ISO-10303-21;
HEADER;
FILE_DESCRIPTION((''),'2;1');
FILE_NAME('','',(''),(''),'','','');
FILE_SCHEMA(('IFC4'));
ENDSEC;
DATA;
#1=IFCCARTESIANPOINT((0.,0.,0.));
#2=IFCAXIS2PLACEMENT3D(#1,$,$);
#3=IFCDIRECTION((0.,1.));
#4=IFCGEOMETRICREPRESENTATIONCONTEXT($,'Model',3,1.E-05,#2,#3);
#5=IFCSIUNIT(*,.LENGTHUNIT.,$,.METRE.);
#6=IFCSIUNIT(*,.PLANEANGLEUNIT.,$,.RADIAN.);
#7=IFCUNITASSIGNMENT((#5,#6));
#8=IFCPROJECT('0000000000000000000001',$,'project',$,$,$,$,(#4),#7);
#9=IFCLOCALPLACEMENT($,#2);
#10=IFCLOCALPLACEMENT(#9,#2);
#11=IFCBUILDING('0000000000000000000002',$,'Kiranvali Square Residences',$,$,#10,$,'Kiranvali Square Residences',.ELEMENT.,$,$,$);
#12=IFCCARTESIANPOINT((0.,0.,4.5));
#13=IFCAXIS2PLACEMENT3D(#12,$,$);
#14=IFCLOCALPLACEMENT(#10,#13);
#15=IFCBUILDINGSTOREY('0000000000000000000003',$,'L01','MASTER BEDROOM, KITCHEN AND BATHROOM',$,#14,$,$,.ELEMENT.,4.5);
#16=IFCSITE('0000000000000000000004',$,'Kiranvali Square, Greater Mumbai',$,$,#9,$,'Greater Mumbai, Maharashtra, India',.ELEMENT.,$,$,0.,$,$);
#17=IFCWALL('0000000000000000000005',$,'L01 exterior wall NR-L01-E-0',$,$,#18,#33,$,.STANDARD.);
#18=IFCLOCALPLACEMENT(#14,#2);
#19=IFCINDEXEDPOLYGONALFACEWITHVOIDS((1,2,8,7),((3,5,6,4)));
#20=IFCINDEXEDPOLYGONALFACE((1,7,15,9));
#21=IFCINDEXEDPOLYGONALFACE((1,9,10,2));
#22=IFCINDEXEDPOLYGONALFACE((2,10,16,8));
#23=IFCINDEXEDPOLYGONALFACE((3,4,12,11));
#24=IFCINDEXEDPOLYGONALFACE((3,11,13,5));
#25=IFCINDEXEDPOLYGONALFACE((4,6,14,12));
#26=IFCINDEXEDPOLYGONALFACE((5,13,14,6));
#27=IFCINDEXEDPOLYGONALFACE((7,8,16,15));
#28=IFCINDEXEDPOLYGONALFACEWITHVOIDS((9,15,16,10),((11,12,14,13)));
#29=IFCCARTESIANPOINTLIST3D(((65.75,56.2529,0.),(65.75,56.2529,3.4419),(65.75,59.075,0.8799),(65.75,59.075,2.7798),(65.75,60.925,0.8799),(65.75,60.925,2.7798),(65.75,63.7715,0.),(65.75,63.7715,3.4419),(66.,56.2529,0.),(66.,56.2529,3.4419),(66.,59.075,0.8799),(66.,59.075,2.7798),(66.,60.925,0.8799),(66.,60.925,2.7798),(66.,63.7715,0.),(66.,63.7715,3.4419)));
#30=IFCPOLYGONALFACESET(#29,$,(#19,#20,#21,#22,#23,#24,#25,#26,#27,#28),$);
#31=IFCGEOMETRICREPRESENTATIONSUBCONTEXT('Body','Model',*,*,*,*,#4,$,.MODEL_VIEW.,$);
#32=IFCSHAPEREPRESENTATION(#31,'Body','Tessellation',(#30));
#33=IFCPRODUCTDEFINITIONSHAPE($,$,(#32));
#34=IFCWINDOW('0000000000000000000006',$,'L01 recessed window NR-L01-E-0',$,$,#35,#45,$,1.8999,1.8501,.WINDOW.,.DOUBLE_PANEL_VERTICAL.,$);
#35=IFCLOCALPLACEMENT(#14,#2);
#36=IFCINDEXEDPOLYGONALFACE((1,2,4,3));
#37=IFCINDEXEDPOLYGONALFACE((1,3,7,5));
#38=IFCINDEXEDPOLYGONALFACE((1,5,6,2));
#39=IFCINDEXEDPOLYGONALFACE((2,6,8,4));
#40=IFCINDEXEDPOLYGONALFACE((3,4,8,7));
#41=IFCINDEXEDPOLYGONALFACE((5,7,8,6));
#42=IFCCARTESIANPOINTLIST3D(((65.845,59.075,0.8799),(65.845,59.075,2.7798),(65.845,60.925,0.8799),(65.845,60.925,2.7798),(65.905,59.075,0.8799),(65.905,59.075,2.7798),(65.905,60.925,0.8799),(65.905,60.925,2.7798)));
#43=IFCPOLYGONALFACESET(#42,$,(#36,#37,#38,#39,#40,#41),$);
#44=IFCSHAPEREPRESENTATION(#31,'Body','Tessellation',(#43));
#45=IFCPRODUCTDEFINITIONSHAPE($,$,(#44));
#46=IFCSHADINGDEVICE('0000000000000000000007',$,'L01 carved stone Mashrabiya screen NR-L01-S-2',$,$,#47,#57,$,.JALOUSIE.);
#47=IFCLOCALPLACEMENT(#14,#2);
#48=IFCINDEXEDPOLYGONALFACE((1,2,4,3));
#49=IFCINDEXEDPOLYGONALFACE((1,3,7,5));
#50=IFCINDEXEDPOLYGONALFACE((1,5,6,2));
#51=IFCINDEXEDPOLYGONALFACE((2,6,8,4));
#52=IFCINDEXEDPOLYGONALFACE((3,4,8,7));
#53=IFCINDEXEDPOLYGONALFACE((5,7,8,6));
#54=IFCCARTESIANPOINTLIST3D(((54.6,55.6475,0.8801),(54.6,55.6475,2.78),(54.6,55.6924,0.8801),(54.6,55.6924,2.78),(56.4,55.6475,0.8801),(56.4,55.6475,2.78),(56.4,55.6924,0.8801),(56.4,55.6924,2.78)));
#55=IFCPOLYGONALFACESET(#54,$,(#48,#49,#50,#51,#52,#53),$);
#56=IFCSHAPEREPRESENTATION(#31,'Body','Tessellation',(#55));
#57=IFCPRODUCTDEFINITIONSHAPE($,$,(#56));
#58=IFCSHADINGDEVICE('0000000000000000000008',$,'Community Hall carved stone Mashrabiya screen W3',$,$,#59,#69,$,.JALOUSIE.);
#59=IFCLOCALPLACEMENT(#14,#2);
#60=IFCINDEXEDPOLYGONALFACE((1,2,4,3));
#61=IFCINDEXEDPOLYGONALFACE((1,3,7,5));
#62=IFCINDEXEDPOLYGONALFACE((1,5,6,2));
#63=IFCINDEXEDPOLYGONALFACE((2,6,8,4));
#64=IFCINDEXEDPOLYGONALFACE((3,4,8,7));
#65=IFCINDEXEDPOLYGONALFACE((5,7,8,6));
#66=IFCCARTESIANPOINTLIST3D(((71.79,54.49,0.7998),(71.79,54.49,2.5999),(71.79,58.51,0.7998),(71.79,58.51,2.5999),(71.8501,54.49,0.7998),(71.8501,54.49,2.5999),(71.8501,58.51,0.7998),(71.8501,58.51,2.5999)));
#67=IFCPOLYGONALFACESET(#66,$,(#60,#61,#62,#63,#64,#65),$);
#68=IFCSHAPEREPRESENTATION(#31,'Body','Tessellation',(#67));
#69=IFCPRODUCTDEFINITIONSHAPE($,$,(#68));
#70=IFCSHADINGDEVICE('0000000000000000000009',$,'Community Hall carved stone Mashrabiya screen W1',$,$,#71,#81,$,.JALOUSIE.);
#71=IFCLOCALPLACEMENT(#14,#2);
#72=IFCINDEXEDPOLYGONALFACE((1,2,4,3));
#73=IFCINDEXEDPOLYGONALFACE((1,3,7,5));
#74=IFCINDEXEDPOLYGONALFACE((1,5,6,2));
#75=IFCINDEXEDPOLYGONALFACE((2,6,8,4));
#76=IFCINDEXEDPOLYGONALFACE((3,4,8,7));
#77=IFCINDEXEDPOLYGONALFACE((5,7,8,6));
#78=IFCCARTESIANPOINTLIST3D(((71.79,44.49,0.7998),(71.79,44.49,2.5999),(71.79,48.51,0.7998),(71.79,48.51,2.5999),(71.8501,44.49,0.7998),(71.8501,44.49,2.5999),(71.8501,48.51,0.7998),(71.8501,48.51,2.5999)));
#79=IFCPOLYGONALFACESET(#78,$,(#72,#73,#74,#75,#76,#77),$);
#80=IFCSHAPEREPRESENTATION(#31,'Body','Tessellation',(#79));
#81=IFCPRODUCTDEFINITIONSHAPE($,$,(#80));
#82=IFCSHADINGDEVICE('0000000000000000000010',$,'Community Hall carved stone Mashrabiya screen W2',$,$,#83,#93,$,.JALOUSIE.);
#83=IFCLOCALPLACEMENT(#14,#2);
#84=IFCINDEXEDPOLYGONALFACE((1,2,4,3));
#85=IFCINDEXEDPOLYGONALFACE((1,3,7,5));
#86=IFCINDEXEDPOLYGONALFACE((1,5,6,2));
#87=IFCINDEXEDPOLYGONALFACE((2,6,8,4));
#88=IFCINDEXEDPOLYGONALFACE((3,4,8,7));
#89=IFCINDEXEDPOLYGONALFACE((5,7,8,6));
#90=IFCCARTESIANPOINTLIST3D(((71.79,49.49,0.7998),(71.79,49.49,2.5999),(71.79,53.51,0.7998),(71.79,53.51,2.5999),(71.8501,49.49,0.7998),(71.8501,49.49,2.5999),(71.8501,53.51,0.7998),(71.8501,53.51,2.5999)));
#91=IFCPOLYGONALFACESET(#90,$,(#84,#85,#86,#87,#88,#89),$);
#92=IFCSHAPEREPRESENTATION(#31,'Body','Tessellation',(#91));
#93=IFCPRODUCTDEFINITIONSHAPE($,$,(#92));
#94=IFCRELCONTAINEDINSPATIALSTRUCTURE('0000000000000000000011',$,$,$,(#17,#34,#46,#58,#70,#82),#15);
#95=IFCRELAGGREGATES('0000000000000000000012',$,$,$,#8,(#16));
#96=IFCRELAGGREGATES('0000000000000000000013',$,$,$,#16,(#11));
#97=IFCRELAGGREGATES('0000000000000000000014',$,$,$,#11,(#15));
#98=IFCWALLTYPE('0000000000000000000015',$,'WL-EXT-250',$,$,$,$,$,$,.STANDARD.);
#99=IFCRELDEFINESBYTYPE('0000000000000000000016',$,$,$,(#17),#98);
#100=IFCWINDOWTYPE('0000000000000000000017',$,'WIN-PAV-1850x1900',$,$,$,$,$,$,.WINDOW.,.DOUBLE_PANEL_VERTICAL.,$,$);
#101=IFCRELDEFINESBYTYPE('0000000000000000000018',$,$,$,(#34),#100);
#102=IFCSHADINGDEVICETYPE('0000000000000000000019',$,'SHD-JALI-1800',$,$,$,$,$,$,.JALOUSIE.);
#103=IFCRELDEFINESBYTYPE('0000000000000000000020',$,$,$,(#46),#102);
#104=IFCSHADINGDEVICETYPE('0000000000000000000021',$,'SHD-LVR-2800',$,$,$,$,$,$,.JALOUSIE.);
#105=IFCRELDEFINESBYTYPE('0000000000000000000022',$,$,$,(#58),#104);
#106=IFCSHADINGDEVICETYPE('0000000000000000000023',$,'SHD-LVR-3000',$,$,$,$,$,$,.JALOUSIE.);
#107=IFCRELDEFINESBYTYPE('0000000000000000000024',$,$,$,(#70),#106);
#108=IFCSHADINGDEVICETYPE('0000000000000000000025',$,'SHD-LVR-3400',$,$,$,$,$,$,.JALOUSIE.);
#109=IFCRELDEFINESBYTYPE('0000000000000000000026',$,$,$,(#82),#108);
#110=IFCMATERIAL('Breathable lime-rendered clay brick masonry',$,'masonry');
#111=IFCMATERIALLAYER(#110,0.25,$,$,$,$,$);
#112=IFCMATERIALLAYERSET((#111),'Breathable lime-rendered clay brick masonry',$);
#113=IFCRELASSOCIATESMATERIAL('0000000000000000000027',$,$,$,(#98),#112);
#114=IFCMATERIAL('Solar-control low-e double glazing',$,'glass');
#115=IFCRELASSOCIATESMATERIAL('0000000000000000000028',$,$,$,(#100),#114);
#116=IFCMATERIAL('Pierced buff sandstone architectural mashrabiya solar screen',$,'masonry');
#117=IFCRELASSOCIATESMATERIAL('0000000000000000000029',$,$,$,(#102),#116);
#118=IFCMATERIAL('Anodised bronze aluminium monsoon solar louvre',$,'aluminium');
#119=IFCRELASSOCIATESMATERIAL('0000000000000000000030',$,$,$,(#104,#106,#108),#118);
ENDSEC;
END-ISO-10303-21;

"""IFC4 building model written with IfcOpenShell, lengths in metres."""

from ifc_helpers import new_model, si_unit, direction, frame, frame_2d, origin, origin_2d, place, context, subcontext, project, spatial, rectangle, extrude, material, layer, layer_set, type_object, element, fill, save


model = new_model("IFC4")

# Units and contexts
model_context = context("Model", 3, precision=1e-05, world=origin(), true_north=direction((0.0, 1.0)))
body_context = subcontext(model_context, "Body", "Model", "MODEL_VIEW")
ifc_project = project(units=[si_unit("LENGTHUNIT", "METRE"), si_unit("PLANEANGLEUNIT", "RADIAN")], contexts=[model_context])

# Site, building, storey
site_placement = place(None, origin())
site = spatial("IfcSite", under=ifc_project, at=site_placement, Name="Kiranvali Square, Greater Mumbai", LongName="Greater Mumbai, Maharashtra, India", CompositionType="ELEMENT", RefElevation=0.0)
building_placement = place(site_placement, origin())
building = spatial("IfcBuilding", under=site, at=building_placement, Name="Kiranvali Square Residences", LongName="Kiranvali Square Residences", CompositionType="ELEMENT")
storey_placement = place(building_placement, frame((0.0, 0.0, 4.5)))
storey = spatial("IfcBuildingStorey", under=building, at=storey_placement, Name="L01", Description="MASTER BEDROOM, KITCHEN AND BATHROOM", CompositionType="ELEMENT", Elevation=4.5)

# Shared definitions
ifc_material_1 = material(Name="Solar-control low-e double glazing", Category="glass")

# Wall, opening, window
ifc_material_2 = material(Name="Breathable lime-rendered clay brick masonry", Category="masonry")
ifc_layer_1 = layer(ifc_material_2, 0.25)
ifc_layer_set_1 = layer_set([ifc_layer_1], Name="Breathable lime-rendered clay brick masonry")
wall_type_1 = type_object("IfcWallType", Name="WL-EXT-250", PredefinedType="STANDARD", material=ifc_layer_set_1)
window_type = type_object("IfcWindowType", Name="WIN-PAV-1850x1900", PartitioningType="DOUBLE_PANEL_VERTICAL", PredefinedType="WINDOW", material=ifc_material_1)
wall_1_placement = place(storey_placement, frame((65.875, 56.2529, 0.0), z_axis=(0.0, 0.0, 1.0), x_axis=(0.0, 1.0, 0.0)))
wall_1 = element("IfcWall", 1, at=wall_1_placement, inside=storey, type_object=wall_type_1, Name="L01 exterior wall NR-L01-E-0", PredefinedType="STANDARD", context=body_context, shape_type="SweptSolid", body=[
    extrude(rectangle(XDim=7.5186, YDim=0.25, at=frame_2d((3.7593, 0.0))), origin(), (0.0, 0.0, 1.0), 3.4419),
])
opening_1_placement = place(wall_1_placement, frame((2.822, 0.0, 0.8799)))
opening_1 = element("IfcOpeningElement", 2, at=opening_1_placement, cuts=wall_1, PredefinedType="OPENING", context=body_context, shape_type="SweptSolid", body=[
    extrude(rectangle(XDim=1.8501, YDim=1.8999, at=frame_2d((0.925, 0.95))), frame((0.0, 0.135, 0.0), z_axis=(0.0, -1.0, 0.0), x_axis=(1.0, 0.0, 0.0)), (0.0, 0.0, 1.0), 0.27),
])
window_1_placement = place(opening_1_placement, origin())
window_1 = element("IfcWindow", 3, at=window_1_placement, inside=storey, type_object=window_type, Name="L01 recessed window NR-L01-E-0", OverallHeight=1.8999, OverallWidth=1.8501, PartitioningType="DOUBLE_PANEL_VERTICAL", PredefinedType="WINDOW", context=body_context, shape_type="SweptSolid", body=[
    extrude(rectangle(XDim=1.8501, YDim=1.8999, at=frame_2d((0.925, 0.95))), frame((0.0, 0.03, 0.0), z_axis=(0.0, -1.0, 0.0), x_axis=(1.0, 0.0, 0.0)), (0.0, 0.0, 1.0), 0.0601),
])
fill(opening_1, window_1)

# Shading devices
ifc_material_3 = material(Name="Pierced buff sandstone architectural mashrabiya solar screen", Category="masonry")
shading_device_type_1 = type_object("IfcShadingDeviceType", Name="SHD-JALI-1800", PredefinedType="JALOUSIE", material=ifc_material_3)
shading_device_1_placement = place(storey_placement, frame((55.5, 55.6699, 0.8801), z_axis=(0.0, 0.0, 1.0), x_axis=(1.0, 0.0, 0.0)))
element("IfcShadingDevice", 4, at=shading_device_1_placement, inside=storey, type_object=shading_device_type_1, Name="L01 carved stone Mashrabiya screen NR-L01-S-2", PredefinedType="JALOUSIE", context=body_context, shape_type="SweptSolid", body=[
    extrude(rectangle(XDim=1.8, YDim=0.0449, at=origin_2d()), origin(), (0.0, 0.0, 1.0), 1.8999),
])
ifc_material_4 = material(Name="Anodised bronze aluminium monsoon solar louvre", Category="aluminium")
shading_device_type_2 = type_object("IfcShadingDeviceType", Name="SHD-LVR-2800", PredefinedType="JALOUSIE", material=ifc_material_4)
shading_device_2_placement = place(storey_placement, frame((71.8201, 56.5, 0.7998), z_axis=(0.0, 0.0, 1.0), x_axis=(1.0, 0.0, 0.0)))
element("IfcShadingDevice", 5, at=shading_device_2_placement, inside=storey, type_object=shading_device_type_2, Name="Community Hall carved stone Mashrabiya screen W3", PredefinedType="JALOUSIE", context=body_context, shape_type="SweptSolid", body=[
    extrude(rectangle(XDim=0.0601, YDim=4.02, at=origin_2d()), origin(), (0.0, 0.0, 1.0), 1.8),
])
shading_device_type_3 = type_object("IfcShadingDeviceType", Name="SHD-LVR-3000", PredefinedType="JALOUSIE", material=ifc_material_4)
shading_device_3_placement = place(storey_placement, frame((71.8201, 46.5, 0.7998), z_axis=(0.0, 0.0, 1.0), x_axis=(1.0, 0.0, 0.0)))
element("IfcShadingDevice", 6, at=shading_device_3_placement, inside=storey, type_object=shading_device_type_3, Name="Community Hall carved stone Mashrabiya screen W1", PredefinedType="JALOUSIE", context=body_context, shape_type="SweptSolid", body=[
    extrude(rectangle(XDim=0.0601, YDim=4.02, at=origin_2d()), origin(), (0.0, 0.0, 1.0), 1.8),
])
shading_device_type_4 = type_object("IfcShadingDeviceType", Name="SHD-LVR-3400", PredefinedType="JALOUSIE", material=ifc_material_4)
shading_device_4_placement = place(storey_placement, frame((71.8201, 51.5, 0.7998), z_axis=(0.0, 0.0, 1.0), x_axis=(1.0, 0.0, 0.0)))
element("IfcShadingDevice", 7, at=shading_device_4_placement, inside=storey, type_object=shading_device_type_4, Name="Community Hall carved stone Mashrabiya screen W2", PredefinedType="JALOUSIE", context=body_context, shape_type="SweptSolid", body=[
    extrude(rectangle(XDim=0.0601, YDim=4.02, at=origin_2d()), origin(), (0.0, 0.0, 1.0), 1.8),
])

save(model, "model.ifc")
